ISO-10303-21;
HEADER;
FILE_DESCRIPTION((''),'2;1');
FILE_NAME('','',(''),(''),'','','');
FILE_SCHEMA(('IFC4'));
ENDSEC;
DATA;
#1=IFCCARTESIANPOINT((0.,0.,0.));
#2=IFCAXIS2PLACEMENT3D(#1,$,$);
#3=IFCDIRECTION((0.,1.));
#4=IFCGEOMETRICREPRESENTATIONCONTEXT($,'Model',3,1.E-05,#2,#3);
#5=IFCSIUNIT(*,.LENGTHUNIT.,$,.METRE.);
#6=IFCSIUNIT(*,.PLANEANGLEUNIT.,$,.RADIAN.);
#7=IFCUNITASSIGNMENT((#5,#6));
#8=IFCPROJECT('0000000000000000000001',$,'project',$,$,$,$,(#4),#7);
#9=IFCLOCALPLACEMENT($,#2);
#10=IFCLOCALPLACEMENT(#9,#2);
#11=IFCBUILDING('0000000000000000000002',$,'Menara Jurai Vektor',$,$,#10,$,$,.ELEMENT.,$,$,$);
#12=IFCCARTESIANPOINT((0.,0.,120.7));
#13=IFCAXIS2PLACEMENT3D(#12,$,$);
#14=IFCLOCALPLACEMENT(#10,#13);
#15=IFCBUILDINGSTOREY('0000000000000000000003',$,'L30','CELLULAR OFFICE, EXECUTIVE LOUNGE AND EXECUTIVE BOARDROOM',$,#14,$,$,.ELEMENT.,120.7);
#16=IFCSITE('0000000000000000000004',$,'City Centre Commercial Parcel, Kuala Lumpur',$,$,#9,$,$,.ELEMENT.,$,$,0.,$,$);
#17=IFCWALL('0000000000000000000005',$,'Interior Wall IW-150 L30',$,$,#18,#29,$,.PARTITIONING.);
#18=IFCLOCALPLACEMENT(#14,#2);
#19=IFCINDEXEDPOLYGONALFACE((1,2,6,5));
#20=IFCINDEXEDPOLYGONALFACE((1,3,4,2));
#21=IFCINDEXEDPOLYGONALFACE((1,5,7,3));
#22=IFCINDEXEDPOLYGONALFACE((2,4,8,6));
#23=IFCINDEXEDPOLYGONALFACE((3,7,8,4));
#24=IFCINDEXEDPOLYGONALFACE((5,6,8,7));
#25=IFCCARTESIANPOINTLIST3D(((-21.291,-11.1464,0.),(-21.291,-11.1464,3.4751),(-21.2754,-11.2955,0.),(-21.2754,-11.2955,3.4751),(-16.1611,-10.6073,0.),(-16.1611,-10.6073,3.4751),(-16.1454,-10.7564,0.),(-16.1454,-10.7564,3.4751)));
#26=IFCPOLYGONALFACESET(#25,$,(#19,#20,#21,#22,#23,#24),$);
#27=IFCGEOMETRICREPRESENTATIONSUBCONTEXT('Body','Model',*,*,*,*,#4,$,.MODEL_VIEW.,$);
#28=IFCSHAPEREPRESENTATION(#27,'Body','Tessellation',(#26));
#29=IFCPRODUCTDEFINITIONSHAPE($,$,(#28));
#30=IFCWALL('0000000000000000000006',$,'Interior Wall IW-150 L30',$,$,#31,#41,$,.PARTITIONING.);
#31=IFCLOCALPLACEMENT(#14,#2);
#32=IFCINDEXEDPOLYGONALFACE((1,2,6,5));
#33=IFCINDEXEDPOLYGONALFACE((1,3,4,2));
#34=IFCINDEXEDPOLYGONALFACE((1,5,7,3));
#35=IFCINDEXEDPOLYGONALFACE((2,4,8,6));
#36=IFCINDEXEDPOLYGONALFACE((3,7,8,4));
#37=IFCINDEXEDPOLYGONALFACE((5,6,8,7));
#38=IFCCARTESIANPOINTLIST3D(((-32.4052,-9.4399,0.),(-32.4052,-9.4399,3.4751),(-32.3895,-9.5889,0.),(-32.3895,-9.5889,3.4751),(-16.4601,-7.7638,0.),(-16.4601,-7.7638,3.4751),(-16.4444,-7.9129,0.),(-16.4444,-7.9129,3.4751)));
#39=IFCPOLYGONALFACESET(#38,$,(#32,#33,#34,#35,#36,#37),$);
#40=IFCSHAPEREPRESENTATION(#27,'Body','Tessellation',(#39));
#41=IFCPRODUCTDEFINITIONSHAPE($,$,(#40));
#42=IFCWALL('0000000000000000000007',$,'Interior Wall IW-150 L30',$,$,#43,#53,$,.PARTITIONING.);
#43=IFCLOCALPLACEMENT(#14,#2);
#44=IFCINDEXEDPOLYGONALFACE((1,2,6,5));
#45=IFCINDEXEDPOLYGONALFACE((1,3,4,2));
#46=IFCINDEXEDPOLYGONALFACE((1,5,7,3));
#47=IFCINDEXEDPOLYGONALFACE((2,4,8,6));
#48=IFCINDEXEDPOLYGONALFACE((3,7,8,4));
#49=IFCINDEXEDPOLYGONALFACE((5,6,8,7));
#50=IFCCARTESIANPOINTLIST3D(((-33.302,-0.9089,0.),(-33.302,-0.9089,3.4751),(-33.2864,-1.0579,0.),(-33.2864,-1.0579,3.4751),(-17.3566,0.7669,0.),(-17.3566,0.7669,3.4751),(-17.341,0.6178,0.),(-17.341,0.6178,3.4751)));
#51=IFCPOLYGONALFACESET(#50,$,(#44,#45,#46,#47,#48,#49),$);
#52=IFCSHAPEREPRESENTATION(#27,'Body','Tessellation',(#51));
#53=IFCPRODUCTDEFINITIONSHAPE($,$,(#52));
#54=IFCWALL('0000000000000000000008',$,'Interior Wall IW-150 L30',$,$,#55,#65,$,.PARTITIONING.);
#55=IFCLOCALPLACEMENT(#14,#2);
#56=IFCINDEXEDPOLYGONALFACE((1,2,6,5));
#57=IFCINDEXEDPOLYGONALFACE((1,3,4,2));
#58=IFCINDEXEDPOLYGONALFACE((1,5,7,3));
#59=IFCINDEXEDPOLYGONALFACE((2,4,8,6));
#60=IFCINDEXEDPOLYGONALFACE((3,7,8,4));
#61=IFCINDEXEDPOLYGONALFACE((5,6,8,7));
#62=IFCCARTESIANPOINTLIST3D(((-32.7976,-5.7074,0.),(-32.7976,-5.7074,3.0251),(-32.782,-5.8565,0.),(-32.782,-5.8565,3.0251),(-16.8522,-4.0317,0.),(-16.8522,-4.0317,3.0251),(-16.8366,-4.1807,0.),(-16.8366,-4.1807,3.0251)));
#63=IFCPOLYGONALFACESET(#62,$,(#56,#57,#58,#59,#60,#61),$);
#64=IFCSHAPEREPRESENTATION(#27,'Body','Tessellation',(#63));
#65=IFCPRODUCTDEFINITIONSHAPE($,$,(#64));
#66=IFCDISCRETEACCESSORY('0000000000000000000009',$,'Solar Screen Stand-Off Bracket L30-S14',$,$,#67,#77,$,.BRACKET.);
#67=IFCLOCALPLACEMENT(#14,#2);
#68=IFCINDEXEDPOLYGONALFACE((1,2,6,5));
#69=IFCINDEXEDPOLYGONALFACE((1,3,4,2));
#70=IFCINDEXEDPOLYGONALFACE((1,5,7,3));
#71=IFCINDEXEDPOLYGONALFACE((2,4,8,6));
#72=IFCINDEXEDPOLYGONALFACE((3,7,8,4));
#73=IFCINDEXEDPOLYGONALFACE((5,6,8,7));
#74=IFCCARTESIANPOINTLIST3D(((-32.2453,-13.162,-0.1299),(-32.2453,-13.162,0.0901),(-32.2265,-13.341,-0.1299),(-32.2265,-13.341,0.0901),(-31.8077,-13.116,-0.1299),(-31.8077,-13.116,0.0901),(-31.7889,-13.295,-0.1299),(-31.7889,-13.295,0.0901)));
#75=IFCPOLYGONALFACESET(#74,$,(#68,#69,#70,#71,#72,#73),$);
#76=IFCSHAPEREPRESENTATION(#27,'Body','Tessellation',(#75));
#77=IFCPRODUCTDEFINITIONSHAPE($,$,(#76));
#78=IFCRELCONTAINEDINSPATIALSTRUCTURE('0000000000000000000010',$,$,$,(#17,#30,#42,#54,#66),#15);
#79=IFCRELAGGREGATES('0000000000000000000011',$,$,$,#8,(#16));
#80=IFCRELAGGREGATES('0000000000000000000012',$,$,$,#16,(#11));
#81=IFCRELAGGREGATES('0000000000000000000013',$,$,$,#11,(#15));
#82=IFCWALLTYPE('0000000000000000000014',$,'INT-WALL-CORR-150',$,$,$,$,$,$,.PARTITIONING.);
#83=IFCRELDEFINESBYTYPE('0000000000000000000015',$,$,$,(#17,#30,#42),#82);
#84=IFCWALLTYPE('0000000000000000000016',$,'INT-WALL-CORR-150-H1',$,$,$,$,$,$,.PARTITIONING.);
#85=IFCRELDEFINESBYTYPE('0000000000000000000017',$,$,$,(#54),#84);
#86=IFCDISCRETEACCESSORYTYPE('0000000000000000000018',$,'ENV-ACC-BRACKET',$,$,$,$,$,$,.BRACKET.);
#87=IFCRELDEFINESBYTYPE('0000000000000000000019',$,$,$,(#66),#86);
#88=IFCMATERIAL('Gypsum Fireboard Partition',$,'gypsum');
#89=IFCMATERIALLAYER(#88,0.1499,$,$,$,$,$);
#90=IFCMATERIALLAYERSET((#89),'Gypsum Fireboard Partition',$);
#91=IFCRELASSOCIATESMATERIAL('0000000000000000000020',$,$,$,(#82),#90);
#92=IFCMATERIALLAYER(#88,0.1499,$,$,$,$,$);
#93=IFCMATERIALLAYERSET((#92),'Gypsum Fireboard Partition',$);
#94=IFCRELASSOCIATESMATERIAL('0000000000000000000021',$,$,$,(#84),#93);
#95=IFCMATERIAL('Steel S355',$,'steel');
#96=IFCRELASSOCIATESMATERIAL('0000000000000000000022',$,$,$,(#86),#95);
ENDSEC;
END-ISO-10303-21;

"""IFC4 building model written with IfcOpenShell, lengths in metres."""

from ifc_helpers import new_model, si_unit, direction, frame, frame_2d, origin, origin_2d, place, context, subcontext, project, spatial, rectangle, extrude, material, layer, layer_set, type_object, element, save


model = new_model("IFC4")

# Units and contexts
model_context = context("Model", 3, precision=1e-05, world=origin(), true_north=direction((0.0, 1.0)))
body_context = subcontext(model_context, "Body", "Model", "MODEL_VIEW")
ifc_project = project(units=[si_unit("LENGTHUNIT", "METRE"), si_unit("PLANEANGLEUNIT", "RADIAN")], contexts=[model_context])

# Site, building, storey
site_placement = place(None, origin())
site = spatial("IfcSite", under=ifc_project, at=site_placement, Name="City Centre Commercial Parcel, Kuala Lumpur", CompositionType="ELEMENT", RefElevation=0.0)
building_placement = place(site_placement, origin())
building = spatial("IfcBuilding", under=site, at=building_placement, Name="Menara Jurai Vektor", CompositionType="ELEMENT")
storey_placement = place(building_placement, frame((0.0, 0.0, 120.7)))
storey = spatial("IfcBuildingStorey", under=building, at=storey_placement, Name="L30", Description="CELLULAR OFFICE, EXECUTIVE LOUNGE AND EXECUTIVE BOARDROOM", CompositionType="ELEMENT", Elevation=120.7)

# Shared definitions
ifc_material_1 = material(Name="Steel S355", Category="steel")

# Shared definitions
ifc_material_2 = material(Name="Gypsum Fireboard Partition", Category="gypsum")
ifc_layer_1 = layer(ifc_material_2, 0.1499)
ifc_layer_set_1 = layer_set([ifc_layer_1], Name="Gypsum Fireboard Partition")
wall_type_1 = type_object("IfcWallType", Name="INT-WALL-CORR-150", PredefinedType="PARTITIONING", material=ifc_layer_set_1)

# Walls
wall_1_placement = place(storey_placement, frame((-21.2832, -11.2209, 0.0), z_axis=(0.0, 0.0, 1.0), x_axis=(0.994524, 0.104507, 0.0)))
element("IfcWall", 1, at=wall_1_placement, inside=storey, type_object=wall_type_1, Name="Interior Wall IW-150 L30", PredefinedType="PARTITIONING", context=body_context, shape_type="SweptSolid", body=[
    extrude(rectangle(XDim=5.1582, YDim=0.1499, at=frame_2d((2.5791, 0.0))), origin(), (0.0, 0.0, 1.0), 3.4751),
])
wall_2_placement = place(storey_placement, frame((-32.3975, -9.5144, 0.0), z_axis=(0.0, 0.0, 1.0), x_axis=(0.994521, 0.104537, 0.0)))
element("IfcWall", 2, at=wall_2_placement, inside=storey, type_object=wall_type_1, Name="Interior Wall IW-150 L30", PredefinedType="PARTITIONING", context=body_context, shape_type="SweptSolid", body=[
    extrude(rectangle(XDim=16.033, YDim=0.1499, at=frame_2d((8.0166, 0.0))), origin(), (0.0, 0.0, 1.0), 3.4751),
])
wall_3_placement = place(storey_placement, frame((-33.2942, -0.9834, 0.0), z_axis=(0.0, 0.0, 1.0), x_axis=(0.994523, 0.10452, 0.0)))
element("IfcWall", 3, at=wall_3_placement, inside=storey, type_object=wall_type_1, Name="Interior Wall IW-150 L30", PredefinedType="PARTITIONING", context=body_context, shape_type="SweptSolid", body=[
    extrude(rectangle(XDim=16.0332, YDim=0.1499, at=frame_2d((8.0166, 0.0))), origin(), (0.0, 0.0, 1.0), 3.4751),
])
ifc_layer_2 = layer(ifc_material_2, 0.1499)
ifc_layer_set_2 = layer_set([ifc_layer_2], Name="Gypsum Fireboard Partition")
wall_type_2 = type_object("IfcWallType", Name="INT-WALL-CORR-150-H1", PredefinedType="PARTITIONING", material=ifc_layer_set_2)
wall_4_placement = place(storey_placement, frame((-32.7898, -5.782, 0.0), z_axis=(0.0, 0.0, 1.0), x_axis=(0.994523, 0.10452, 0.0)))
element("IfcWall", 4, at=wall_4_placement, inside=storey, type_object=wall_type_2, Name="Interior Wall IW-150 L30", PredefinedType="PARTITIONING", context=body_context, shape_type="SweptSolid", body=[
    extrude(rectangle(XDim=16.0332, YDim=0.1499, at=frame_2d((8.0166, 0.0))), origin(), (0.0, 0.0, 1.0), 3.0251),
])

# Discrete accessory
discrete_accessory_type = type_object("IfcDiscreteAccessoryType", Name="ENV-ACC-BRACKET", PredefinedType="BRACKET", material=ifc_material_1)
discrete_accessory_placement = place(storey_placement, frame((-32.0171, -13.2285, -0.1299), z_axis=(0.0, 0.0, 1.0), x_axis=(0.104528, -0.994522, 0.0)))
element("IfcDiscreteAccessory", 5, at=discrete_accessory_placement, inside=storey, type_object=discrete_accessory_type, Name="Solar Screen Stand-Off Bracket L30-S14", PredefinedType="BRACKET", context=body_context, shape_type="SweptSolid", body=[
    extrude(rectangle(XDim=0.1799, YDim=0.4399, at=origin_2d()), origin(), (0.0, 0.0, 1.0), 0.22),
])

save(model, "model.ifc")
